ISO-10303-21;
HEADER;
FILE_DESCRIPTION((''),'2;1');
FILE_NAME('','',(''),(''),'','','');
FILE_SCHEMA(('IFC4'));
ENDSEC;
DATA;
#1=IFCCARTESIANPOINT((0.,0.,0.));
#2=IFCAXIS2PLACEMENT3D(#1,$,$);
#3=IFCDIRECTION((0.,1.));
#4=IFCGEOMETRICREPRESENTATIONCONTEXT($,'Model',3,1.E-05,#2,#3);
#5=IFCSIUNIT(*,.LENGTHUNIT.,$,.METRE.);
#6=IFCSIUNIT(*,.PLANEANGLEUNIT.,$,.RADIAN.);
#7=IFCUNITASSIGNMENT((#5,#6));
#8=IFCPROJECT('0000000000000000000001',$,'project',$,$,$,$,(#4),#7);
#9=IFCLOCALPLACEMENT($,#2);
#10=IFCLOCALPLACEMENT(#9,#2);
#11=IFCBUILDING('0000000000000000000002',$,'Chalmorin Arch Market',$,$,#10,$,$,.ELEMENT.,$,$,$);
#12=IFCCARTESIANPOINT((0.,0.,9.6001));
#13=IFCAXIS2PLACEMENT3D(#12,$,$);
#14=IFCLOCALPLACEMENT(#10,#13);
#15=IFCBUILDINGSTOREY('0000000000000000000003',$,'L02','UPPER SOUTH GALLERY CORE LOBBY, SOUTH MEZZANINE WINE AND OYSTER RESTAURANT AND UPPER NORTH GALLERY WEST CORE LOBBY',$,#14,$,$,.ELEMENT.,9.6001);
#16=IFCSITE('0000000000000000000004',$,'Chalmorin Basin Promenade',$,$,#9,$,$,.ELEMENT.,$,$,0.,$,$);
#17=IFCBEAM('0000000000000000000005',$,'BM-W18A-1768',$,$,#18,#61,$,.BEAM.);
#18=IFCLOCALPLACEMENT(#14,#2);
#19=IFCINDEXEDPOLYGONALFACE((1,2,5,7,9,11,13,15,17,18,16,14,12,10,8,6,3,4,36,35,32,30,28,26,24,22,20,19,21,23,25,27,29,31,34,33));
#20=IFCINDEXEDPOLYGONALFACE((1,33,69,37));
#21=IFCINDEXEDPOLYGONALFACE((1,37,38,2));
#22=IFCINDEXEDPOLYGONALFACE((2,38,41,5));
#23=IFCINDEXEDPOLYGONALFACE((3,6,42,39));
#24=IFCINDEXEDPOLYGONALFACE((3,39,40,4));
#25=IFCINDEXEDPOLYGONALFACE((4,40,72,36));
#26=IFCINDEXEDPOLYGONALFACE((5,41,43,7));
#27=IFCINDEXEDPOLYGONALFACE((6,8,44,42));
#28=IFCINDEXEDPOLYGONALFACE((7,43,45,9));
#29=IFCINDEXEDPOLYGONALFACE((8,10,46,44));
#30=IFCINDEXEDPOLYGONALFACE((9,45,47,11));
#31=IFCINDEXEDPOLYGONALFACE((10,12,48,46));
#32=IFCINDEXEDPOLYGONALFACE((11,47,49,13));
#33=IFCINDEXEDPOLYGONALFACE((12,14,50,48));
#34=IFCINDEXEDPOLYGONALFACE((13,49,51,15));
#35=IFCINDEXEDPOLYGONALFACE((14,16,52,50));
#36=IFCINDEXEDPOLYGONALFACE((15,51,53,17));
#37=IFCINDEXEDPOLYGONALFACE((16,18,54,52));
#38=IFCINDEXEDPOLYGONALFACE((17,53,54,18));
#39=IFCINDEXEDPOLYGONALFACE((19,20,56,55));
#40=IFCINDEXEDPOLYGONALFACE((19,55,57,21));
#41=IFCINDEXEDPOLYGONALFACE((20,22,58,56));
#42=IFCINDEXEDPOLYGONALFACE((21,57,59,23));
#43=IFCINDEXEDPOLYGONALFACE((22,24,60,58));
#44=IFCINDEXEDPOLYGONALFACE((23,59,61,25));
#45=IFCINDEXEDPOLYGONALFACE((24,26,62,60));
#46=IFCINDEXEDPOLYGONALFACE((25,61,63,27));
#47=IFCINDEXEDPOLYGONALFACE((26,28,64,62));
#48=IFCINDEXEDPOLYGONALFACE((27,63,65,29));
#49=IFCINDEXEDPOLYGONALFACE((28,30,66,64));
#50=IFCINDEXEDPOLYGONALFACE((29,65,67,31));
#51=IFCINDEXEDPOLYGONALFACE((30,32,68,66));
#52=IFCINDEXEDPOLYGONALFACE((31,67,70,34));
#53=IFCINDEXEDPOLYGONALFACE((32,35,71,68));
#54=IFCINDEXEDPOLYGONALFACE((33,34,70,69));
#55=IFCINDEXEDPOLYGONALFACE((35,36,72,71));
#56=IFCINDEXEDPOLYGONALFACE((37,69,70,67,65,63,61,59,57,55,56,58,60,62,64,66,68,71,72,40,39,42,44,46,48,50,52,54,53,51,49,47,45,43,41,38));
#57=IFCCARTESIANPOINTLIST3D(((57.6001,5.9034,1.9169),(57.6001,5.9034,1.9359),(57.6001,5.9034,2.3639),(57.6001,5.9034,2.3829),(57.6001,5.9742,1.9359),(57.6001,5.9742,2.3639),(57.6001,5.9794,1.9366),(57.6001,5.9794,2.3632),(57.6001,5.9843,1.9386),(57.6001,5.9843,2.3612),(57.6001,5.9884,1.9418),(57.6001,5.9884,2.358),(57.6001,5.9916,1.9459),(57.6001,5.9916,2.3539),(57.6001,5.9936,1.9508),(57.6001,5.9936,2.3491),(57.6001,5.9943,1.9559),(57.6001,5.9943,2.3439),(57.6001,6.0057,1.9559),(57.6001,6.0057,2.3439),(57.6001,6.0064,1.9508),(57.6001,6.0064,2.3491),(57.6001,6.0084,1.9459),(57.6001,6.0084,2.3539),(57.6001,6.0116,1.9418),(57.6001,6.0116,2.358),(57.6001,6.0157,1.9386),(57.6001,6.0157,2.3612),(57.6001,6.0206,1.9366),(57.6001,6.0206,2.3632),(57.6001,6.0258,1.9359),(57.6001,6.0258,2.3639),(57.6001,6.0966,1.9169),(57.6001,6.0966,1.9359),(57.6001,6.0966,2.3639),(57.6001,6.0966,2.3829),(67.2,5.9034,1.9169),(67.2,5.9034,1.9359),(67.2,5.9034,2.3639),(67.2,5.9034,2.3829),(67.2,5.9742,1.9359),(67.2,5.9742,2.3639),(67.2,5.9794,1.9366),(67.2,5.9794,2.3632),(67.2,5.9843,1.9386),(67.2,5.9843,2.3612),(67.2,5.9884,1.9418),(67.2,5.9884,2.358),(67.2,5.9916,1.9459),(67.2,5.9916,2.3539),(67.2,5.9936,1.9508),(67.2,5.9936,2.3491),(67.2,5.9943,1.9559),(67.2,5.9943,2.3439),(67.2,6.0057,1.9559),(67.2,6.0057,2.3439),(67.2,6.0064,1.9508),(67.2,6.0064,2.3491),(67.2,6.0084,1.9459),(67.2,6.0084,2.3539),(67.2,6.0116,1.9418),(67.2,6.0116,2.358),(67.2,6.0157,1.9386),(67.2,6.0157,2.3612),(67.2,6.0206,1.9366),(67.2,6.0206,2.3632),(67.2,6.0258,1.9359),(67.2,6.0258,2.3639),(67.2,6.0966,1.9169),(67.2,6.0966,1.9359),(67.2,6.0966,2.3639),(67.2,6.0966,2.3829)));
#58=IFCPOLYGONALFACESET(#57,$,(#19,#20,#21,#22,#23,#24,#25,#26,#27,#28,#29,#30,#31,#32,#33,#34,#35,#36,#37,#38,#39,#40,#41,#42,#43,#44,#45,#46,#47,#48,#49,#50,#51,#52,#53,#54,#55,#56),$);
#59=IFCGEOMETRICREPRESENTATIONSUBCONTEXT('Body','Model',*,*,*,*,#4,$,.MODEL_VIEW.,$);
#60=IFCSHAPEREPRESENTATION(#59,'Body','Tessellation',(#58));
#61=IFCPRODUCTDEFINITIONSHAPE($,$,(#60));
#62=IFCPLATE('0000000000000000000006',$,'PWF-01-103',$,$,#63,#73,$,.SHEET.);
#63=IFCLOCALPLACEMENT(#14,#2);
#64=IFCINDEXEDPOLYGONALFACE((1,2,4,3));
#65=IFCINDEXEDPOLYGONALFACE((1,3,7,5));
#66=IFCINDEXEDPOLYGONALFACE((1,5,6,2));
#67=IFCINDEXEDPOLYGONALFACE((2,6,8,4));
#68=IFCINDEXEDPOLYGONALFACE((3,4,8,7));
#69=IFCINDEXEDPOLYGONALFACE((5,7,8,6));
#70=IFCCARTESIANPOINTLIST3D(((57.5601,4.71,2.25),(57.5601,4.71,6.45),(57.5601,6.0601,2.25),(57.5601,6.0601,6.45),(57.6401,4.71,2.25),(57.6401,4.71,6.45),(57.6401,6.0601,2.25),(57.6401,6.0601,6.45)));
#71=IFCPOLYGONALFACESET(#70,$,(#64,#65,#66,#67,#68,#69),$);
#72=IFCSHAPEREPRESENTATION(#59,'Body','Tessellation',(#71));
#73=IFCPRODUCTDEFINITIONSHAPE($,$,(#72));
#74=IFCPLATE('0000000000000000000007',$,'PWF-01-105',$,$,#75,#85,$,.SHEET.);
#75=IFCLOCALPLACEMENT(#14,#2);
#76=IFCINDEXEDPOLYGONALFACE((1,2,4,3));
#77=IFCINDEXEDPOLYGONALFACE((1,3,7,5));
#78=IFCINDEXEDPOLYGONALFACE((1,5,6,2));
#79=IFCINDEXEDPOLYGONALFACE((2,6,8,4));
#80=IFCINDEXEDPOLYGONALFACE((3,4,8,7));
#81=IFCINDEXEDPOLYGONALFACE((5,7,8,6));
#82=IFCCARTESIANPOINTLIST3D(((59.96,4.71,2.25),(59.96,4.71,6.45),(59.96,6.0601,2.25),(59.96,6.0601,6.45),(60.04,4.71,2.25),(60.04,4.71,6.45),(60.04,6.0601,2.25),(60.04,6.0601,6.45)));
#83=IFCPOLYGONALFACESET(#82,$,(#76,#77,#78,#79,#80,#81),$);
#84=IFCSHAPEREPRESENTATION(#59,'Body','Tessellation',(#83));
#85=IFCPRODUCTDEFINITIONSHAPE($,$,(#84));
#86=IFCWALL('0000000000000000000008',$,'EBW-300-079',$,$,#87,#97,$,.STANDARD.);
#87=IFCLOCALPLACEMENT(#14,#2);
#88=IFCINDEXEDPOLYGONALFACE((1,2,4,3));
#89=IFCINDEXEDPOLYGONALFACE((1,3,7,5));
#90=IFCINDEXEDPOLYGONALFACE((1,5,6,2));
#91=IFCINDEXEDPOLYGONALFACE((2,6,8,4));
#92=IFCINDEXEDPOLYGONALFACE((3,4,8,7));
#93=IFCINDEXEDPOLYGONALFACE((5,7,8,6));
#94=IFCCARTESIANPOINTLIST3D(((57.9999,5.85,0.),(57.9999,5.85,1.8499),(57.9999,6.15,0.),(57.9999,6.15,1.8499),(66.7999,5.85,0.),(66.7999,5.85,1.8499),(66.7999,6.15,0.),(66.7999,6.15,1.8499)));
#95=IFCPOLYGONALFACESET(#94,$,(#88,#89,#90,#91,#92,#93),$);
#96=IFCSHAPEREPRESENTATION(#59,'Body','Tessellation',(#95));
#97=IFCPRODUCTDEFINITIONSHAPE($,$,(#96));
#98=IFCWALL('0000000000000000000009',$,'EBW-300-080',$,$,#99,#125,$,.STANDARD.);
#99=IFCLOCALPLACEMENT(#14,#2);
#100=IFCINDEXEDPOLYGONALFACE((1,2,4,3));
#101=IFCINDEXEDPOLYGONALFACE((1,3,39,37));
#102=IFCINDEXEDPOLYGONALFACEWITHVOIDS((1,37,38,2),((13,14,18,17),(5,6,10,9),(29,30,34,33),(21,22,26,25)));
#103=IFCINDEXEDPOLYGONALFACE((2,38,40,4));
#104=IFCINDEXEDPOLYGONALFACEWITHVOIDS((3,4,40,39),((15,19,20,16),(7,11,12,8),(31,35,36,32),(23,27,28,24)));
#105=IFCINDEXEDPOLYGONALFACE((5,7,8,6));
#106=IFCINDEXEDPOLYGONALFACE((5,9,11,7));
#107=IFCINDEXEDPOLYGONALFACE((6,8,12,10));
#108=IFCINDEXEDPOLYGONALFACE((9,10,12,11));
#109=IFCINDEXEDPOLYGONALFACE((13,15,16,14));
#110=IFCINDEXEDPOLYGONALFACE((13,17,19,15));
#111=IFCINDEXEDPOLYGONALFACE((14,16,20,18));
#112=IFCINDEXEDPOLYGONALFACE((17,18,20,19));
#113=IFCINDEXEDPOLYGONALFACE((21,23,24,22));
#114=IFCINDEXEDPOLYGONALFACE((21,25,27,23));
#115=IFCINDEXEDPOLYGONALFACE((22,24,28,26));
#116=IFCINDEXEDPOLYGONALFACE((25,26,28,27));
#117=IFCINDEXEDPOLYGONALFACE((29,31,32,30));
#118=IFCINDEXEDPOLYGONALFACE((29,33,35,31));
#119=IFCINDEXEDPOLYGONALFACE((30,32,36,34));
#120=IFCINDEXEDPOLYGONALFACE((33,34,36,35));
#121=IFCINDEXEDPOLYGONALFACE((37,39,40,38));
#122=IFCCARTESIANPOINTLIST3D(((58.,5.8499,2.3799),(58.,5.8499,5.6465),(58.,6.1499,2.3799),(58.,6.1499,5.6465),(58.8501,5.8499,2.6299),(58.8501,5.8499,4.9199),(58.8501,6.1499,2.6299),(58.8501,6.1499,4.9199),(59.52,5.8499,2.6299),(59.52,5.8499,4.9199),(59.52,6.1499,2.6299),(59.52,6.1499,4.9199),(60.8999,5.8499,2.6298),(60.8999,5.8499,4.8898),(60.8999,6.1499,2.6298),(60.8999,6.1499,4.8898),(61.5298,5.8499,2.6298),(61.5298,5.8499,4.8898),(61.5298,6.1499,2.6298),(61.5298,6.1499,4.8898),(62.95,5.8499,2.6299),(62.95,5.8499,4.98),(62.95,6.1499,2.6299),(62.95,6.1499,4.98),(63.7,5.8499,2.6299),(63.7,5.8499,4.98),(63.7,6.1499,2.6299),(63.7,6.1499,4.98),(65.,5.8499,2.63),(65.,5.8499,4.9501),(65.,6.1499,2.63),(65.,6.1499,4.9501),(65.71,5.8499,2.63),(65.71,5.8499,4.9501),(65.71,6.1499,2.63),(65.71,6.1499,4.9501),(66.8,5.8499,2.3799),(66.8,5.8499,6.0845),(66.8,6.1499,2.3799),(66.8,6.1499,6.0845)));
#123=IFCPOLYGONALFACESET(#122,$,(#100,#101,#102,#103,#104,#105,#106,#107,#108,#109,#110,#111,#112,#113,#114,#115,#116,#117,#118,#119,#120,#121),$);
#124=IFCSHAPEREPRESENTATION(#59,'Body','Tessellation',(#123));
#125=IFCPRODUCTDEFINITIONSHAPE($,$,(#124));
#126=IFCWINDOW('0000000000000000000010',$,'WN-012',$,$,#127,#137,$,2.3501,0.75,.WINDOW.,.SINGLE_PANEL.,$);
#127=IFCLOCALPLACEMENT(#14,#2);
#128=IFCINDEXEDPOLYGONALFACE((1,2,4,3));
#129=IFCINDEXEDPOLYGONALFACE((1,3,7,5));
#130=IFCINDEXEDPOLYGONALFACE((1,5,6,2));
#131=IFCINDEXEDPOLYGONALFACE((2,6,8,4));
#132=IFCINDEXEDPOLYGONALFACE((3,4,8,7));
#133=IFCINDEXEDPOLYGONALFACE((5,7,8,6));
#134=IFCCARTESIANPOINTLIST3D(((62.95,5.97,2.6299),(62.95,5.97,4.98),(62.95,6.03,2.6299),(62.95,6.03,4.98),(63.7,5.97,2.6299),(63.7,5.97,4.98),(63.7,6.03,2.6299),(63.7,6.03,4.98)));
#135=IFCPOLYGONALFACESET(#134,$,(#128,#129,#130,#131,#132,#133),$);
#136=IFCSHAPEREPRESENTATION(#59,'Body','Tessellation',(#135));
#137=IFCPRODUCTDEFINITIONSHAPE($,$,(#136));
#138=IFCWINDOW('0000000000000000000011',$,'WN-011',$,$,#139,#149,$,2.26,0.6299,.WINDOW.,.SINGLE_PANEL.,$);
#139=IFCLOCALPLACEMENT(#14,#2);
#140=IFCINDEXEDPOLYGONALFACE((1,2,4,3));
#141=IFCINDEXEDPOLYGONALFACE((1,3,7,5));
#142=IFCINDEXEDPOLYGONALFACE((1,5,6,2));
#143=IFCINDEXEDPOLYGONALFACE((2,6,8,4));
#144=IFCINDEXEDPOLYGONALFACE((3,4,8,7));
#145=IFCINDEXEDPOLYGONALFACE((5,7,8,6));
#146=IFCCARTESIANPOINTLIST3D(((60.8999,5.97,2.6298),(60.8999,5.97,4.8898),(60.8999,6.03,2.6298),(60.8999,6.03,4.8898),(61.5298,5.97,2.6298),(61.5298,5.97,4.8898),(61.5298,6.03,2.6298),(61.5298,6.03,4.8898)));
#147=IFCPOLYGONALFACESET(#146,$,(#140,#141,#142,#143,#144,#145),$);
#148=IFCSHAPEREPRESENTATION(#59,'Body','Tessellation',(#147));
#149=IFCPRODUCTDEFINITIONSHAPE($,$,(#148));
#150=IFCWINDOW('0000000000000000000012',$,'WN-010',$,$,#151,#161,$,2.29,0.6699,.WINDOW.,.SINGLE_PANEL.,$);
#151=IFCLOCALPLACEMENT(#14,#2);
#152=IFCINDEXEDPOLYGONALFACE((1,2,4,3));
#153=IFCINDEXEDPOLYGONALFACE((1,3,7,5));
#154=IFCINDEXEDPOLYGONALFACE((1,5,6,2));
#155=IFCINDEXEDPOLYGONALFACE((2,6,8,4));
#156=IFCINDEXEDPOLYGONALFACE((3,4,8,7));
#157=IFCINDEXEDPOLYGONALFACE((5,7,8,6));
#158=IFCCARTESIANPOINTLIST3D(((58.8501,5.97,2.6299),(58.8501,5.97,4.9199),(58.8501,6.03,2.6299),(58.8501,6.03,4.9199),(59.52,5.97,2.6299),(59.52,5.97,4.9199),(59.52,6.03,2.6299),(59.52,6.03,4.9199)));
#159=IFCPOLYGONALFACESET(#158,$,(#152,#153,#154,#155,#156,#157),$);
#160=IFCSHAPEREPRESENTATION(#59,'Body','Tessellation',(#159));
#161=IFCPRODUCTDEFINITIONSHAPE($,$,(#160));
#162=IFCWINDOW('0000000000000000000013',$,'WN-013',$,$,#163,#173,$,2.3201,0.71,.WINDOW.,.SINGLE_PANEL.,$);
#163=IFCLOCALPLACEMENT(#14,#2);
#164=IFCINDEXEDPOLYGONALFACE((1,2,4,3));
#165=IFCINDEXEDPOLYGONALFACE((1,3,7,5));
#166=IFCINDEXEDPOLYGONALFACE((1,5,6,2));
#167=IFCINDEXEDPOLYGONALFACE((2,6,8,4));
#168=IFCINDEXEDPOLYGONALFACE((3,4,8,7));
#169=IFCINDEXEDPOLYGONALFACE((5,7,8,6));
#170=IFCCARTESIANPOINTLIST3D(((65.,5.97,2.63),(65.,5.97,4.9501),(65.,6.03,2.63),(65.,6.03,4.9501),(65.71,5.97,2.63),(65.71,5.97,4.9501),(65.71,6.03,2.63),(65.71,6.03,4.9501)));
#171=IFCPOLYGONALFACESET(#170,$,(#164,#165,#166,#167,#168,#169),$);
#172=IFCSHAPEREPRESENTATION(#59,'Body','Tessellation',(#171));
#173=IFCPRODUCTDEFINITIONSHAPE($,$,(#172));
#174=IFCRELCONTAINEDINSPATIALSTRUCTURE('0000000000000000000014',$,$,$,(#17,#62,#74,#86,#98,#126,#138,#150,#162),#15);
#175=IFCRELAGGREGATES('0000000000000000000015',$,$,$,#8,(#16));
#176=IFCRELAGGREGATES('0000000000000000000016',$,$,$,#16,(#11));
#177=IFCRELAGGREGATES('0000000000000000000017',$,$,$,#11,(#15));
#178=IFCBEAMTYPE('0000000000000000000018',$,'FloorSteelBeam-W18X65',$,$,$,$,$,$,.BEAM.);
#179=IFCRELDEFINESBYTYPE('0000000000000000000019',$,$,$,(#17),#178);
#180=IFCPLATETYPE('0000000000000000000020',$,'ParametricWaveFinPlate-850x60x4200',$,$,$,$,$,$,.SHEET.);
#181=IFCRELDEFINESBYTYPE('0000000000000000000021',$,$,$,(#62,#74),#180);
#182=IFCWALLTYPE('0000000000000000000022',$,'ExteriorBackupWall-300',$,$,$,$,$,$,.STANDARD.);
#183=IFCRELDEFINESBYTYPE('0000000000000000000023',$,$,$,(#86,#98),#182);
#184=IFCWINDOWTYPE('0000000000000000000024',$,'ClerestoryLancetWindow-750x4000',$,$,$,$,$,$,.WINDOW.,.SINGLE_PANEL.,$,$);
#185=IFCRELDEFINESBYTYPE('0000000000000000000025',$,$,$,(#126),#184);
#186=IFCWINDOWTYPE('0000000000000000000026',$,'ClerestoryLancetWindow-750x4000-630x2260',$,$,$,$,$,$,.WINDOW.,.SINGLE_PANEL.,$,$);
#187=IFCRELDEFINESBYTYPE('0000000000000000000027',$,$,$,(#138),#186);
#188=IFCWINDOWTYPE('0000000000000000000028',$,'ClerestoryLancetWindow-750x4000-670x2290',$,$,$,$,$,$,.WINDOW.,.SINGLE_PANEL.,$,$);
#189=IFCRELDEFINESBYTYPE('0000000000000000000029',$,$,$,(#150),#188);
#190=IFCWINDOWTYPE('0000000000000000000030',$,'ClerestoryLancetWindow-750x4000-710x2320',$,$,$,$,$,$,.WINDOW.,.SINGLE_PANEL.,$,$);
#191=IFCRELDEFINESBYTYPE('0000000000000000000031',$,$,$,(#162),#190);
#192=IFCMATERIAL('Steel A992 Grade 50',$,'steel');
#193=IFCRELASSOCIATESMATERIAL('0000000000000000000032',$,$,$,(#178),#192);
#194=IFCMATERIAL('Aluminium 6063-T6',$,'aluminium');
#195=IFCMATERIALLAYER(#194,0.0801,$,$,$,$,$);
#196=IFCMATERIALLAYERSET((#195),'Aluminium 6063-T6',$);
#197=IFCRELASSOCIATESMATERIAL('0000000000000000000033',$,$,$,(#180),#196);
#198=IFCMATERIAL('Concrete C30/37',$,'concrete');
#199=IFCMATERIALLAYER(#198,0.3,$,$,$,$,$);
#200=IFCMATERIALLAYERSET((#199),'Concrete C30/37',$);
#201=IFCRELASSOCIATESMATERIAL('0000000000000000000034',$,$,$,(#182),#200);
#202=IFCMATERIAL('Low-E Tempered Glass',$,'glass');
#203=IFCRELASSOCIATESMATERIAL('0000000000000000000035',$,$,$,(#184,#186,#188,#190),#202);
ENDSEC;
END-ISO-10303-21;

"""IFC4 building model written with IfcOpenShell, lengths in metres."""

from ifc_helpers import new_model, si_unit, direction, frame, frame_2d, origin, origin_2d, place, context, subcontext, project, spatial, polyline, rectangle, i_section, outline, extrude, material, layer, layer_set, material_profile, profile_set, type_object, element, fill, save


model = new_model("IFC4")

# Units and contexts
model_context = context("Model", 3, precision=1e-05, world=origin(), true_north=direction((0.0, 1.0)))
body_context = subcontext(model_context, "Body", "Model", "MODEL_VIEW")
ifc_project = project(units=[si_unit("LENGTHUNIT", "METRE"), si_unit("PLANEANGLEUNIT", "RADIAN")], contexts=[model_context])

# Site, building, storey
site_placement = place(None, origin())
site = spatial("IfcSite", under=ifc_project, at=site_placement, Name="Chalmorin Basin Promenade", CompositionType="ELEMENT", RefElevation=0.0)
building_placement = place(site_placement, origin())
building = spatial("IfcBuilding", under=site, at=building_placement, Name="Chalmorin Arch Market", CompositionType="ELEMENT")
storey_placement = place(building_placement, frame((0.0, 0.0, 9.6001)))
storey = spatial("IfcBuildingStorey", under=building, at=storey_placement, Name="L02", Description="UPPER SOUTH GALLERY CORE LOBBY, SOUTH MEZZANINE WINE AND OYSTER RESTAURANT AND UPPER NORTH GALLERY WEST CORE LOBBY", CompositionType="ELEMENT", Elevation=9.6001)

# Beam
ifc_material_1 = material(Name="Steel A992 Grade 50", Category="steel")
ifc_material_profile = material_profile(ifc_material_1, i_section(OverallWidth=0.1931, OverallDepth=0.4661, WebThickness=0.0115, FlangeThickness=0.019, FilletRadius=0.02, at=origin_2d()), Name="W18X65")
ifc_profile_set = profile_set([ifc_material_profile], Name="Steel A992 Grade 50")
beam_type = type_object("IfcBeamType", Name="FloorSteelBeam-W18X65", PredefinedType="BEAM", material=ifc_profile_set)
beam_placement = place(storey_placement, frame((57.6001, 6.0, 2.1499), z_axis=(1.0, 0.0, 0.0), x_axis=(0.0, 1.0, 0.0)))
element("IfcBeam", 1, at=beam_placement, inside=storey, type_object=beam_type, Name="BM-W18A-1768", PredefinedType="BEAM", context=body_context, shape_type="SweptSolid", body=[
    extrude(i_section(OverallWidth=0.1931, OverallDepth=0.4661, WebThickness=0.0115, FlangeThickness=0.019, FilletRadius=0.02, at=origin_2d()), origin(), (0.0, 0.0, 1.0), 9.5999),
])

# Plates
ifc_material_2 = material(Name="Aluminium 6063-T6", Category="aluminium")
ifc_layer_1 = layer(ifc_material_2, 0.0801)
ifc_layer_set_1 = layer_set([ifc_layer_1], Name="Aluminium 6063-T6")
plate_type = type_object("IfcPlateType", Name="ParametricWaveFinPlate-850x60x4200", PredefinedType="SHEET", material=ifc_layer_set_1)
for number, where, z_axis, x_axis, name in (
    (2, (57.6001, 5.385, 2.25), (0.0, 0.0, 1.0), (0.0, 1.0, 0.0), "PWF-01-103"),
    (3, (60.0, 5.385, 2.25), (0.0, 0.0, 1.0), (0.0, 1.0, 0.0), "PWF-01-105"),
):
    element("IfcPlate", number, at=place(storey_placement, frame(where, z_axis=z_axis, x_axis=x_axis)), inside=storey, type_object=plate_type, Name=name, PredefinedType="SHEET", context=body_context, shape_type="SweptSolid", body=[
        extrude(rectangle(XDim=1.3501, YDim=0.0801, at=origin_2d()), origin(), (0.0, 0.0, 1.0), 4.2),
    ])

# Wall
ifc_material_3 = material(Name="Concrete C30/37", Category="concrete")
ifc_layer_2 = layer(ifc_material_3, 0.3)
ifc_layer_set_2 = layer_set([ifc_layer_2], Name="Concrete C30/37")
wall_type_1 = type_object("IfcWallType", Name="ExteriorBackupWall-300", PredefinedType="STANDARD", material=ifc_layer_set_2)
wall_1_placement = place(storey_placement, frame((58.0, 6.0, 0.0), z_axis=(0.0, 0.0, 1.0), x_axis=(1.0, 0.0, 0.0)))
element("IfcWall", 4, at=wall_1_placement, inside=storey, type_object=wall_type_1, Name="EBW-300-079", PredefinedType="STANDARD", context=body_context, shape_type="SweptSolid", body=[
    extrude(rectangle(XDim=8.8, YDim=0.3, at=frame_2d((4.3999, 0.0))), origin(), (0.0, 0.0, 1.0), 1.8499),
])

# Wall, openings, windows
wall_2_placement = place(storey_placement, frame((58.0, 6.0, 2.3799), z_axis=(0.0, 0.0, 1.0), x_axis=(1.0, 0.0, 0.0)))
wall_2 = element("IfcWall", 5, at=wall_2_placement, inside=storey, type_object=wall_type_1, Name="EBW-300-080", PredefinedType="STANDARD", context=body_context, shape_type="SweptSolid", body=[
    extrude(outline(polyline([(0.0, 0.0), (8.8, 0.0), (8.8, 3.7046), (0.0, 3.2666), (0.0, 0.0)])), frame((0.0, 0.1499, 0.0), z_axis=(0.0, -1.0, 0.0), x_axis=(1.0, 0.0, 0.0)), (0.0, 0.0, 1.0), 0.3),
])
opening_1_placement = place(wall_2_placement, frame((0.8501, 0.0, 0.25)))
opening_1 = element("IfcOpeningElement", 6, at=opening_1_placement, cuts=wall_2, PredefinedType="OPENING", context=body_context, shape_type="SweptSolid", body=[
    extrude(rectangle(XDim=0.6699, YDim=2.29, at=frame_2d((0.335, 1.145))), frame((0.0, 0.1599, 0.0), z_axis=(0.0, -1.0, 0.0), x_axis=(1.0, 0.0, 0.0)), (0.0, 0.0, 1.0), 0.3201),
])
opening_2_placement = place(wall_2_placement, frame((2.8999, 0.0, 0.25)))
opening_2 = element("IfcOpeningElement", 7, at=opening_2_placement, cuts=wall_2, PredefinedType="OPENING", context=body_context, shape_type="SweptSolid", body=[
    extrude(rectangle(XDim=0.6299, YDim=2.26, at=frame_2d((0.3149, 1.1299))), frame((0.0, 0.1599, 0.0), z_axis=(0.0, -1.0, 0.0), x_axis=(1.0, 0.0, 0.0)), (0.0, 0.0, 1.0), 0.3201),
])
opening_3_placement = place(wall_2_placement, frame((4.95, 0.0, 0.25)))
opening_3 = element("IfcOpeningElement", 8, at=opening_3_placement, cuts=wall_2, PredefinedType="OPENING", context=body_context, shape_type="SweptSolid", body=[
    extrude(rectangle(XDim=0.75, YDim=2.3501, at=frame_2d((0.375, 1.175))), frame((0.0, 0.1599, 0.0), z_axis=(0.0, -1.0, 0.0), x_axis=(1.0, 0.0, 0.0)), (0.0, 0.0, 1.0), 0.3201),
])
opening_4_placement = place(wall_2_placement, frame((7.0, 0.0, 0.25)))
opening_4 = element("IfcOpeningElement", 9, at=opening_4_placement, cuts=wall_2, PredefinedType="OPENING", context=body_context, shape_type="SweptSolid", body=[
    extrude(rectangle(XDim=0.71, YDim=2.3201, at=frame_2d((0.355, 1.1602))), frame((0.0, 0.1599, 0.0), z_axis=(0.0, -1.0, 0.0), x_axis=(1.0, 0.0, 0.0)), (0.0, 0.0, 1.0), 0.3201),
])
ifc_material_4 = material(Name="Low-E Tempered Glass", Category="glass")
window_type_1 = type_object("IfcWindowType", Name="ClerestoryLancetWindow-750x4000", PartitioningType="SINGLE_PANEL", PredefinedType="WINDOW", material=ifc_material_4)
window_1_placement = place(opening_3_placement, origin())
window_1 = element("IfcWindow", 10, at=window_1_placement, inside=storey, type_object=window_type_1, Name="WN-012", OverallHeight=2.3501, OverallWidth=0.75, PartitioningType="SINGLE_PANEL", PredefinedType="WINDOW", context=body_context, shape_type="SweptSolid", body=[
    extrude(rectangle(XDim=0.75, YDim=2.3501, at=frame_2d((0.375, 1.175))), frame((0.0, 0.03, 0.0), z_axis=(0.0, -1.0, 0.0), x_axis=(1.0, 0.0, 0.0)), (0.0, 0.0, 1.0), 0.0601),
])
fill(opening_3, window_1)
window_type_2 = type_object("IfcWindowType", Name="ClerestoryLancetWindow-750x4000-630x2260", PartitioningType="SINGLE_PANEL", PredefinedType="WINDOW", material=ifc_material_4)
window_2_placement = place(opening_2_placement, origin())
window_2 = element("IfcWindow", 11, at=window_2_placement, inside=storey, type_object=window_type_2, Name="WN-011", OverallHeight=2.26, OverallWidth=0.6299, PartitioningType="SINGLE_PANEL", PredefinedType="WINDOW", context=body_context, shape_type="SweptSolid", body=[
    extrude(rectangle(XDim=0.6299, YDim=2.26, at=frame_2d((0.3149, 1.1299))), frame((0.0, 0.03, 0.0), z_axis=(0.0, -1.0, 0.0), x_axis=(1.0, 0.0, 0.0)), (0.0, 0.0, 1.0), 0.0601),
])
fill(opening_2, window_2)
window_type_3 = type_object("IfcWindowType", Name="ClerestoryLancetWindow-750x4000-670x2290", PartitioningType="SINGLE_PANEL", PredefinedType="WINDOW", material=ifc_material_4)
window_3_placement = place(opening_1_placement, origin())
window_3 = element("IfcWindow", 12, at=window_3_placement, inside=storey, type_object=window_type_3, Name="WN-010", OverallHeight=2.29, OverallWidth=0.6699, PartitioningType="SINGLE_PANEL", PredefinedType="WINDOW", context=body_context, shape_type="SweptSolid", body=[
    extrude(rectangle(XDim=0.6699, YDim=2.29, at=frame_2d((0.335, 1.145))), frame((0.0, 0.03, 0.0), z_axis=(0.0, -1.0, 0.0), x_axis=(1.0, 0.0, 0.0)), (0.0, 0.0, 1.0), 0.0601),
])
fill(opening_1, window_3)
window_type_4 = type_object("IfcWindowType", Name="ClerestoryLancetWindow-750x4000-710x2320", PartitioningType="SINGLE_PANEL", PredefinedType="WINDOW", material=ifc_material_4)
window_4_placement = place(opening_4_placement, origin())
window_4 = element("IfcWindow", 13, at=window_4_placement, inside=storey, type_object=window_type_4, Name="WN-013", OverallHeight=2.3201, OverallWidth=0.71, PartitioningType="SINGLE_PANEL", PredefinedType="WINDOW", context=body_context, shape_type="SweptSolid", body=[
    extrude(rectangle(XDim=0.71, YDim=2.3201, at=frame_2d((0.355, 1.1602))), frame((0.0, 0.03, 0.0), z_axis=(0.0, -1.0, 0.0), x_axis=(1.0, 0.0, 0.0)), (0.0, 0.0, 1.0), 0.0601),
])
fill(opening_4, window_4)

save(model, "model.ifc")
